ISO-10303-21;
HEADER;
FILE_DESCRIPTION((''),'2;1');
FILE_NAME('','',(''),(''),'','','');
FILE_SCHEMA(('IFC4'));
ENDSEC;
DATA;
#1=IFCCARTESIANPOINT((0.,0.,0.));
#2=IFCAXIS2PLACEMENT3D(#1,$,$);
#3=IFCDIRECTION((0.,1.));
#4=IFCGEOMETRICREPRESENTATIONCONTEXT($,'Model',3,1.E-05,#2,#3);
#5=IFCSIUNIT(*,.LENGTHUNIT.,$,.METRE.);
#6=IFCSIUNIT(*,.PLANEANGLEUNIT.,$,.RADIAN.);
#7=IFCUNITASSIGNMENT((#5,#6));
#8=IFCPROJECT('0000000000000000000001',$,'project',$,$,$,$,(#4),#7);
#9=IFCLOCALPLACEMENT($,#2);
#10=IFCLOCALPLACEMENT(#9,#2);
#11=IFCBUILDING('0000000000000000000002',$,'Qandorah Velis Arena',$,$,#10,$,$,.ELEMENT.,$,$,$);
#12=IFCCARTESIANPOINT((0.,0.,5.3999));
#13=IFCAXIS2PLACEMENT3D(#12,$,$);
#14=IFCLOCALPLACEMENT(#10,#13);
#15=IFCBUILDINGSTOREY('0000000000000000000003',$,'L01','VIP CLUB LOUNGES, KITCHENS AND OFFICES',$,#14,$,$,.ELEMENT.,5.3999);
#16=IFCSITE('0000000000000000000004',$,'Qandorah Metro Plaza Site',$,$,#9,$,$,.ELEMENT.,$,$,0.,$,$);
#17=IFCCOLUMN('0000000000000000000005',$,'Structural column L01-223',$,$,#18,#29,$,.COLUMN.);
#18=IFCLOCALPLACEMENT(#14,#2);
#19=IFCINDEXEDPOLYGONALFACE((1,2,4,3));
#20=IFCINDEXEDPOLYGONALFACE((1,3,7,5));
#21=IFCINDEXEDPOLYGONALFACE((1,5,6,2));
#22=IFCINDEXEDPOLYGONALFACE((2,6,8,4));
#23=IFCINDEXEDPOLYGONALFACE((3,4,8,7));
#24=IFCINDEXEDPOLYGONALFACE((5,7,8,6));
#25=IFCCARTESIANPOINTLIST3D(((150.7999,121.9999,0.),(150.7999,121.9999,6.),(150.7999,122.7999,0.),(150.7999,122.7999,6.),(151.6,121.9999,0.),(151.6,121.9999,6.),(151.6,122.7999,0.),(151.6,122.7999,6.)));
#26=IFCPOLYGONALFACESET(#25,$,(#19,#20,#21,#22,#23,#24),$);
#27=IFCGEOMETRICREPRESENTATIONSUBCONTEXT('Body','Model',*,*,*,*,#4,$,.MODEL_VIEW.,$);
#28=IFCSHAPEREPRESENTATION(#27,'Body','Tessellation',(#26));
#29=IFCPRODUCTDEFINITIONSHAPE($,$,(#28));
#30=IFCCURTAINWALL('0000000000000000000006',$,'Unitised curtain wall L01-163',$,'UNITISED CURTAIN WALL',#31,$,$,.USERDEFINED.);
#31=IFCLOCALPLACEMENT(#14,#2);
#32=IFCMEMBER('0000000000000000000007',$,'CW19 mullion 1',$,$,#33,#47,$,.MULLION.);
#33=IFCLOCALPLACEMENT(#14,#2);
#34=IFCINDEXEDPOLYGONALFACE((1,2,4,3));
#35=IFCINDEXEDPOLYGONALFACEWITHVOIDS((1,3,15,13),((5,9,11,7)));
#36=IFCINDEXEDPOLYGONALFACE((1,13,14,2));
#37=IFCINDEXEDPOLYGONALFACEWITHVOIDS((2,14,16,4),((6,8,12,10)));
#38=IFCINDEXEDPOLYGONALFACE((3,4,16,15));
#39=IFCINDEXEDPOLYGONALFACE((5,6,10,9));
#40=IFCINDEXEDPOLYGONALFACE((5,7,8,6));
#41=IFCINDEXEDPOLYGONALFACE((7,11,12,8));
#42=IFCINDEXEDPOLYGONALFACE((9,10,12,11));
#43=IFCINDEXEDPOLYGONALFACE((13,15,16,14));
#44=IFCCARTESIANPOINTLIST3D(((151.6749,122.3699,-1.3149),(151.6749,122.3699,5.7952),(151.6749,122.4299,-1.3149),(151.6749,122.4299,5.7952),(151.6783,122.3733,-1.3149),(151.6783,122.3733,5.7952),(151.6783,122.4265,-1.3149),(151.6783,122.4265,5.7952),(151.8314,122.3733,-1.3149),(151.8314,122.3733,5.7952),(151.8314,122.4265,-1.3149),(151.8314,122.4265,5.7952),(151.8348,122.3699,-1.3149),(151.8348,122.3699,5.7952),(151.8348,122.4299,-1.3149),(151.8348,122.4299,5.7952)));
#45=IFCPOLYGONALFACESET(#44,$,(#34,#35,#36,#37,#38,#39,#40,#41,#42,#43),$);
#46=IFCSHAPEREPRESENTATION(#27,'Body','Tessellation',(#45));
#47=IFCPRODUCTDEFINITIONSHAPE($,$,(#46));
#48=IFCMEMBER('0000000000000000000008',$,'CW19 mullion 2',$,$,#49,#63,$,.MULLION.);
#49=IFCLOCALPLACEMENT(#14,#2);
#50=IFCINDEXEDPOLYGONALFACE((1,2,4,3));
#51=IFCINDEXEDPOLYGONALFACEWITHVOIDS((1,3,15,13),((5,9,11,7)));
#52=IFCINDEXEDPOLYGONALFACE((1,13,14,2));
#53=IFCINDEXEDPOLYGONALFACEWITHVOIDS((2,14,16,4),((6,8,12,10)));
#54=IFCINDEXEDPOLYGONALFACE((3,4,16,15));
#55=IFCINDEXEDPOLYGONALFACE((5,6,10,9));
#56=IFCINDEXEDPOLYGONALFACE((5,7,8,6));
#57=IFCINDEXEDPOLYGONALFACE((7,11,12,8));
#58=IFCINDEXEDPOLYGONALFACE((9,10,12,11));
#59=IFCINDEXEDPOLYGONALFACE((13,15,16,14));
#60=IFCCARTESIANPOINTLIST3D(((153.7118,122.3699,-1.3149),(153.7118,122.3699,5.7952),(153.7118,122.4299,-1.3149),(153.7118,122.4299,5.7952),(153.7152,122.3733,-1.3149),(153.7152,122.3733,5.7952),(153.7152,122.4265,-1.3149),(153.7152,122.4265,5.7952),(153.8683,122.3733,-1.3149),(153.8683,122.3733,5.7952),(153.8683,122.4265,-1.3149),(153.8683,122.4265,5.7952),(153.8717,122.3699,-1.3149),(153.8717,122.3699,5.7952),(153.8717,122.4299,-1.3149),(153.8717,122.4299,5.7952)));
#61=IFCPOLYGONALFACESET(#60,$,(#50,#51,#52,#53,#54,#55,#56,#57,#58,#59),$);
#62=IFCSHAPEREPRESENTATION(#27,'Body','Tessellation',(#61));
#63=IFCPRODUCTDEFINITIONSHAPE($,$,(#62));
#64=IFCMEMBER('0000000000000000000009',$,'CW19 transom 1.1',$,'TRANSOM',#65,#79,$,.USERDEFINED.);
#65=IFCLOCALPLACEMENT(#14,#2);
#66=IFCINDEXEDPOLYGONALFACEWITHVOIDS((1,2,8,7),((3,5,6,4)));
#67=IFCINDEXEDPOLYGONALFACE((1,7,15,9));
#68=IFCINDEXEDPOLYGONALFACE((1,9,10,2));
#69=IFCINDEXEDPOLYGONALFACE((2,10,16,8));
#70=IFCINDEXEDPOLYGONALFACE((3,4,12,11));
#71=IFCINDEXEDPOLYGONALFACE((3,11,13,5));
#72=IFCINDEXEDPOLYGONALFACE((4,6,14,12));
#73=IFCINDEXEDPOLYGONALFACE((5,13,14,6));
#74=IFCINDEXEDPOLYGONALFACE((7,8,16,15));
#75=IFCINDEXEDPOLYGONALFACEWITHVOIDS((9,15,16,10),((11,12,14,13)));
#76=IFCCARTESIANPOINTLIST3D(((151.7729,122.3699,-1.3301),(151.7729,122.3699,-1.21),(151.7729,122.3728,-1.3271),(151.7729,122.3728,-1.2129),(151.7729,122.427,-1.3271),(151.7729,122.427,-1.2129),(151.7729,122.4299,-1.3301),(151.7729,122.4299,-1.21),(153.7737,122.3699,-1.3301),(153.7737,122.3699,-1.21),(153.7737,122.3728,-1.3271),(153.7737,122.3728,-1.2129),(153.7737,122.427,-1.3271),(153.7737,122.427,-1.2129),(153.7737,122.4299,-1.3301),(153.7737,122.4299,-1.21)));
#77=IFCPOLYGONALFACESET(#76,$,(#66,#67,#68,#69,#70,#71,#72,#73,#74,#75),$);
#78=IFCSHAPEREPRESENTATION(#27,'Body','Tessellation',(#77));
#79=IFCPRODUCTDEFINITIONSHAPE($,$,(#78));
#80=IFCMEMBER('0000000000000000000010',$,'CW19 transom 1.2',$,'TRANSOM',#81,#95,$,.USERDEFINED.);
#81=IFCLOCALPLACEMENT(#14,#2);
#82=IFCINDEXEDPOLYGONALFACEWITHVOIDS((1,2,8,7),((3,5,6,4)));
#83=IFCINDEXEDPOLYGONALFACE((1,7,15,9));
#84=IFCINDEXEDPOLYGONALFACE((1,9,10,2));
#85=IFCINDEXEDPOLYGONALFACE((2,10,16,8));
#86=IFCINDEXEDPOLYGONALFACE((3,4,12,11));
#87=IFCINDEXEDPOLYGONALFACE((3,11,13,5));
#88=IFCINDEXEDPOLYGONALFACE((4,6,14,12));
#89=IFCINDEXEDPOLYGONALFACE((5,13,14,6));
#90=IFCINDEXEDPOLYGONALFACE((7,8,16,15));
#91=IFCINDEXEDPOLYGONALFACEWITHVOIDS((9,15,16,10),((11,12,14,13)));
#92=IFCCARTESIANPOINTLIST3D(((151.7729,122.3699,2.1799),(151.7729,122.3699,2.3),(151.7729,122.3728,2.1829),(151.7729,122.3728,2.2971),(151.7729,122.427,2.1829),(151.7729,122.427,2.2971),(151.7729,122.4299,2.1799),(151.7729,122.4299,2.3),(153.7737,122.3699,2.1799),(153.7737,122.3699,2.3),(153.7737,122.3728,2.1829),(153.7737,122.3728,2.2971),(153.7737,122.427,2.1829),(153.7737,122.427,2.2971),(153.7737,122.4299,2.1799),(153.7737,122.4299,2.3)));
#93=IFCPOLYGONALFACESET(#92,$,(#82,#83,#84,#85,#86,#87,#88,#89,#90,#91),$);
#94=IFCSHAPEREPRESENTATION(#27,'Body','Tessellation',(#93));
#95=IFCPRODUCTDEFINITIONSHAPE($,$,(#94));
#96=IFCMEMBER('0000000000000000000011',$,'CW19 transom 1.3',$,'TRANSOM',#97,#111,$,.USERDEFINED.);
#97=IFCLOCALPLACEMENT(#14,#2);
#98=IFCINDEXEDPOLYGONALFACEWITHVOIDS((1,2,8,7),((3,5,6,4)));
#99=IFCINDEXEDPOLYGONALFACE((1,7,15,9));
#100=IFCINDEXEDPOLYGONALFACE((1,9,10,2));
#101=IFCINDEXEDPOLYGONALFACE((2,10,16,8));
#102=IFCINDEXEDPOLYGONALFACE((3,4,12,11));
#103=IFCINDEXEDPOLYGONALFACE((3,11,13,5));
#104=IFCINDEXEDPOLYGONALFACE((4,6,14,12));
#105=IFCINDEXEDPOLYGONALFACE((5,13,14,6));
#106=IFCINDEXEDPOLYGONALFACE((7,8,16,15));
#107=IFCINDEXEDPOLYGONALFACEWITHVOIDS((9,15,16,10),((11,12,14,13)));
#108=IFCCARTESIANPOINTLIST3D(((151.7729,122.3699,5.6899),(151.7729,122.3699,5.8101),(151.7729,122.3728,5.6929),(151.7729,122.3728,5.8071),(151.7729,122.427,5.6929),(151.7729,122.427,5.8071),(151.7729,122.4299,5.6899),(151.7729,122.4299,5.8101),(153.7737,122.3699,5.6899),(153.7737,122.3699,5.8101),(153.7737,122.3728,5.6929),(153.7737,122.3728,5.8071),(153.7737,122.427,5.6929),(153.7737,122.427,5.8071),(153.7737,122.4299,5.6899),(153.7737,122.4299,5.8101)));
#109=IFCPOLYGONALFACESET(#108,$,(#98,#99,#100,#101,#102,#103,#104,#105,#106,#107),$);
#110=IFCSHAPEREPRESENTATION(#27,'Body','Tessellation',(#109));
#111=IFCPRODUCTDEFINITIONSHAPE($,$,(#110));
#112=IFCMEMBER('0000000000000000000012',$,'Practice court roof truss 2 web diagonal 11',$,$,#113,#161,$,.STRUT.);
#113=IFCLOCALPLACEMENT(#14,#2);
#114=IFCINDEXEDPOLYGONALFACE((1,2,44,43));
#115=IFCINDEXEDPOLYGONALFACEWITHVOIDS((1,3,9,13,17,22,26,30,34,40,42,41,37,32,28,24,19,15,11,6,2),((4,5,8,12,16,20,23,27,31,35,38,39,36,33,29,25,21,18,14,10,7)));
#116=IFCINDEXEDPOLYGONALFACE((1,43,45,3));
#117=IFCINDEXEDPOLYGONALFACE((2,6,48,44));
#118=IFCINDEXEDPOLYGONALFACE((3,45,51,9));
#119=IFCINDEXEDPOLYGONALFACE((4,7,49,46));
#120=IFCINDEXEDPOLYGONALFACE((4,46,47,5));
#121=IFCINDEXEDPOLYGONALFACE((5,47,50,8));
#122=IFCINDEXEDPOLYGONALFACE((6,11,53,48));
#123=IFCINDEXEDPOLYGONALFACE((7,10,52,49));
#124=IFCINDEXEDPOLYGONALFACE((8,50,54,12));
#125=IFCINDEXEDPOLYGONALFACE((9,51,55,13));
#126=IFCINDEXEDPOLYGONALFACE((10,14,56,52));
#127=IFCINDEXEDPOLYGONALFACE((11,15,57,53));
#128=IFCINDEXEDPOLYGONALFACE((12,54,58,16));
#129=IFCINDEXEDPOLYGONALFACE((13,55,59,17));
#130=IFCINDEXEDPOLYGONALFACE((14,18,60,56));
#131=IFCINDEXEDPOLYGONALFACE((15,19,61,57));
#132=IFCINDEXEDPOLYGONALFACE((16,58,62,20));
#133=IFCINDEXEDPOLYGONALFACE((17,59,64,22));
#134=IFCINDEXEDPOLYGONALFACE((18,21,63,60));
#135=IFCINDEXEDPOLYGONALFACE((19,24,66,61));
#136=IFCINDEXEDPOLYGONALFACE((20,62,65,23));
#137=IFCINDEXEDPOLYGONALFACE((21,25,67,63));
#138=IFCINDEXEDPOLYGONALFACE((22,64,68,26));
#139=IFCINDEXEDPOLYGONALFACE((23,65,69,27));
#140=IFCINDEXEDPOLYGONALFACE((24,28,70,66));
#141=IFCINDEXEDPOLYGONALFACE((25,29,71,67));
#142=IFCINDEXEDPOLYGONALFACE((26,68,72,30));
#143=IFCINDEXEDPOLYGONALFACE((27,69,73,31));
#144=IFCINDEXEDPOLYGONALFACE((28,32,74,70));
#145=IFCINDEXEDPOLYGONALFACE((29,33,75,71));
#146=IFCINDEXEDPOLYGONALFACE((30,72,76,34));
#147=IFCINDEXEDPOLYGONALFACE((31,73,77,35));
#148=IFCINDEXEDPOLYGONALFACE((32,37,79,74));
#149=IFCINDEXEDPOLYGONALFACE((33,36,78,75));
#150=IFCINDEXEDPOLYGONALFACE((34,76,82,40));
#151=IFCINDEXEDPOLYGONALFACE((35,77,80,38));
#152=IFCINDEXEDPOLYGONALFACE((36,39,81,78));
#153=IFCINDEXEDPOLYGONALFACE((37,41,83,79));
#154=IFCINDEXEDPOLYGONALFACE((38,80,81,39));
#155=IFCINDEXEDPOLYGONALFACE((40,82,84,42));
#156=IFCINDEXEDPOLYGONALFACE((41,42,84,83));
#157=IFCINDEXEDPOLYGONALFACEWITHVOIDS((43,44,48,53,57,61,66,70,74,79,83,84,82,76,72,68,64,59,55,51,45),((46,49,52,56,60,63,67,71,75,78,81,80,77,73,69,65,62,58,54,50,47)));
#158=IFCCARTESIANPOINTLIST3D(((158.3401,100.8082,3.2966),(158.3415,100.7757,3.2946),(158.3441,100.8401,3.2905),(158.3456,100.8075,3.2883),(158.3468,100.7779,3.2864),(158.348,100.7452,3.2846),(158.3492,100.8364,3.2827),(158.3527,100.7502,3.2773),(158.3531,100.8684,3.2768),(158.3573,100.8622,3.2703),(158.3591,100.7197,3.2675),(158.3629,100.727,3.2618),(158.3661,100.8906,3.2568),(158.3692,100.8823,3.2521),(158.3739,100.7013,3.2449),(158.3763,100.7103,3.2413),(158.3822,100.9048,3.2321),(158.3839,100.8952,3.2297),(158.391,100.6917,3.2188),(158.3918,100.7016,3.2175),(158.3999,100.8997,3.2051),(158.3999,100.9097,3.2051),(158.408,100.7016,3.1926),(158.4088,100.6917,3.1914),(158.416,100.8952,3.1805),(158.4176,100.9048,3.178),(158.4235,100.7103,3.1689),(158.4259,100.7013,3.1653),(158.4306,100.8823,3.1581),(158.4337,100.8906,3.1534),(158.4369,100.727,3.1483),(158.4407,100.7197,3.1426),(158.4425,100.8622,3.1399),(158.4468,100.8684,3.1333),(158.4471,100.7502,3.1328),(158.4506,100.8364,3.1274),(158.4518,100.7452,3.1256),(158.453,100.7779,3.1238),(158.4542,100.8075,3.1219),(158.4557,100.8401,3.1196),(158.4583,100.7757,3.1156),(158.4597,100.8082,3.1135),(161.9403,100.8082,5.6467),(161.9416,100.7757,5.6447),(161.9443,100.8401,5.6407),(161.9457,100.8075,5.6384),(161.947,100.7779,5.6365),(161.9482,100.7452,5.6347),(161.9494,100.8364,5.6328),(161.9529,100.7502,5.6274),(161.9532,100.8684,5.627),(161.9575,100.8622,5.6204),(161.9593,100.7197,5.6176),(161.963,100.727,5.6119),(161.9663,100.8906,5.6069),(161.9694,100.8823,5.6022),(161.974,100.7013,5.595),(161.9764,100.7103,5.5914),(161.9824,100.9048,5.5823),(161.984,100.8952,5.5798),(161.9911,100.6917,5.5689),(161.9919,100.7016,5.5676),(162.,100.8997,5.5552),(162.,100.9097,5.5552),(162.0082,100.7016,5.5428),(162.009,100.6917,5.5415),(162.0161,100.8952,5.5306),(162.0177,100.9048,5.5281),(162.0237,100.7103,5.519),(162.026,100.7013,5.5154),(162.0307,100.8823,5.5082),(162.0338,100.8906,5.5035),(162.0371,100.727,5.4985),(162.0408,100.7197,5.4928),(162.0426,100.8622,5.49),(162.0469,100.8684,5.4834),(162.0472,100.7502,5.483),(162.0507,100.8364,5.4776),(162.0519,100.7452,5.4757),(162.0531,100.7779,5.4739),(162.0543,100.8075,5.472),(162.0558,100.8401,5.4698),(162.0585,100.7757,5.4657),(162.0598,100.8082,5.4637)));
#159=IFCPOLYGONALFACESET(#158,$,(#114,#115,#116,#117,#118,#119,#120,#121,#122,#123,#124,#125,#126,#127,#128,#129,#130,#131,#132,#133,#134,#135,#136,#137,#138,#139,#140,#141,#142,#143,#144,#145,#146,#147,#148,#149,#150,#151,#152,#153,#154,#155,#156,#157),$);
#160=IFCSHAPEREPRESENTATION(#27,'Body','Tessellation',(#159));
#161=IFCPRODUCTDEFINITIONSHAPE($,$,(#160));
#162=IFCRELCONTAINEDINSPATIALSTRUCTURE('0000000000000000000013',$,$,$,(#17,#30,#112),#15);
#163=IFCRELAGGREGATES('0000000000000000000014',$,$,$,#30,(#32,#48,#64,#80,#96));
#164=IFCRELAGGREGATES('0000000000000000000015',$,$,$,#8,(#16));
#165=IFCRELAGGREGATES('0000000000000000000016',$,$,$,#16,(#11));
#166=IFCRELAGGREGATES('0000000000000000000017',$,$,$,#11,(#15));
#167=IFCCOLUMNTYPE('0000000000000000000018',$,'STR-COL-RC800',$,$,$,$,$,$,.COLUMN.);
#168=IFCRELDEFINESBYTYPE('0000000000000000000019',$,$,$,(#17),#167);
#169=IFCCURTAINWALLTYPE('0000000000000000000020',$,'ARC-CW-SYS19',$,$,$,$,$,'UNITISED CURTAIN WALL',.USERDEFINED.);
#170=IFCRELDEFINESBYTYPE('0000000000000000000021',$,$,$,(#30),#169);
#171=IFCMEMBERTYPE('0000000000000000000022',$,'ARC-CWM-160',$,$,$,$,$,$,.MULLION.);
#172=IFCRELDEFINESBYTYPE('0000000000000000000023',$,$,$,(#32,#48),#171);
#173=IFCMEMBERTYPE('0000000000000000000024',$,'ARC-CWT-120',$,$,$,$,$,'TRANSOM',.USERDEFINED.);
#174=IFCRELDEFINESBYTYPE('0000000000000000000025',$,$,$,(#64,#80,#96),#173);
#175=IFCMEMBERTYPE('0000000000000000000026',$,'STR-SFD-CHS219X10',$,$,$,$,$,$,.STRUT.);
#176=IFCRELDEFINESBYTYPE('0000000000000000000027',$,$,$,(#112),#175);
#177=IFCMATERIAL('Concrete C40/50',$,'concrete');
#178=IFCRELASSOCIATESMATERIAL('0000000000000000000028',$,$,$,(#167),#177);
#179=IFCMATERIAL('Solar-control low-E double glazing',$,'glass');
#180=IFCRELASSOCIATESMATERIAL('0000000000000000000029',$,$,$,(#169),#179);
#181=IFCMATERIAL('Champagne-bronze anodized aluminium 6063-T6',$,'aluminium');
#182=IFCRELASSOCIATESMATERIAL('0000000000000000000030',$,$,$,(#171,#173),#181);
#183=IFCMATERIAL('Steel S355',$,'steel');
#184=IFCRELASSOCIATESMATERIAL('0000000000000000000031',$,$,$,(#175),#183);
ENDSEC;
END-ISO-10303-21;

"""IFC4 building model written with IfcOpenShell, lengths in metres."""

from ifc_helpers import new_model, si_unit, direction, frame, origin, origin_2d, place, context, subcontext, project, spatial, rectangle, hollow_rectangle, hollow_circle, extrude, material, material_profile, profile_set, type_object, element, aggregate, save


model = new_model("IFC4")

# Units and contexts
model_context = context("Model", 3, precision=1e-05, world=origin(), true_north=direction((0.0, 1.0)))
body_context = subcontext(model_context, "Body", "Model", "MODEL_VIEW")
ifc_project = project(units=[si_unit("LENGTHUNIT", "METRE"), si_unit("PLANEANGLEUNIT", "RADIAN")], contexts=[model_context])

# Site, building, storey
site_placement = place(None, origin())
site = spatial("IfcSite", under=ifc_project, at=site_placement, Name="Qandorah Metro Plaza Site", CompositionType="ELEMENT", RefElevation=0.0)
building_placement = place(site_placement, origin())
building = spatial("IfcBuilding", under=site, at=building_placement, Name="Qandorah Velis Arena", CompositionType="ELEMENT")
storey_placement = place(building_placement, frame((0.0, 0.0, 5.3999)))
storey = spatial("IfcBuildingStorey", under=building, at=storey_placement, Name="L01", Description="VIP CLUB LOUNGES, KITCHENS AND OFFICES", CompositionType="ELEMENT", Elevation=5.3999)

# Column
ifc_material_1 = material(Name="Concrete C40/50", Category="concrete")
ifc_material_profile_1 = material_profile(ifc_material_1, rectangle(XDim=0.8, YDim=0.8, at=origin_2d()), Name="RC COL 800x800")
ifc_profile_set_1 = profile_set([ifc_material_profile_1], Name="Concrete C40/50")
column_type = type_object("IfcColumnType", Name="STR-COL-RC800", PredefinedType="COLUMN", material=ifc_profile_set_1)
column_placement = place(storey_placement, frame((151.2, 122.3999, 0.0), z_axis=(0.0, 0.0, 1.0), x_axis=(1.0, 0.0, 0.0)))
element("IfcColumn", 1, at=column_placement, inside=storey, type_object=column_type, Name="Structural column L01-223", PredefinedType="COLUMN", context=body_context, shape_type="SweptSolid", body=[
    extrude(rectangle(XDim=0.8, YDim=0.8, at=origin_2d()), origin(), (0.0, 0.0, 1.0), 6.0),
])

# Curtain wall, members
ifc_material_2 = material(Name="Solar-control low-E double glazing", Category="glass")
curtain_wall_type = type_object("IfcCurtainWallType", Name="ARC-CW-SYS19", ElementType="UNITISED CURTAIN WALL", PredefinedType="USERDEFINED", material=ifc_material_2)
curtain_wall_placement = place(storey_placement, origin())
curtain_wall = element("IfcCurtainWall", 2, at=curtain_wall_placement, inside=storey, type_object=curtain_wall_type, Name="Unitised curtain wall L01-163", ObjectType="UNITISED CURTAIN WALL", PredefinedType="USERDEFINED")
ifc_material_3 = material(Name="Champagne-bronze anodized aluminium 6063-T6", Category="aluminium")
ifc_material_profile_2 = material_profile(ifc_material_3, hollow_rectangle(XDim=0.0601, YDim=0.1599, WallThickness=0.0034, at=origin_2d()), Name="ALU MULLION 60x160")
ifc_profile_set_2 = profile_set([ifc_material_profile_2], Name="Champagne-bronze anodized aluminium 6063-T6")
member_type_1 = type_object("IfcMemberType", Name="ARC-CWM-160", PredefinedType="MULLION", material=ifc_profile_set_2)
member_1_placement = place(storey_placement, frame((151.7549, 122.3999, -1.3149), z_axis=(0.0, 0.0, 1.0), x_axis=(0.0, 1.0, 0.0)))
member_1 = element("IfcMember", 3, at=member_1_placement, type_object=member_type_1, Name="CW19 mullion 1", PredefinedType="MULLION", context=body_context, shape_type="SweptSolid", body=[
    extrude(hollow_rectangle(XDim=0.0601, YDim=0.1599, WallThickness=0.0034, at=origin_2d()), origin(), (0.0, 0.0, 1.0), 7.1101),
])
member_2_placement = place(storey_placement, frame((153.7917, 122.3999, -1.3149), z_axis=(0.0, 0.0, 1.0), x_axis=(0.0, 1.0, 0.0)))
member_2 = element("IfcMember", 4, at=member_2_placement, type_object=member_type_1, Name="CW19 mullion 2", PredefinedType="MULLION", context=body_context, shape_type="SweptSolid", body=[
    extrude(hollow_rectangle(XDim=0.0601, YDim=0.1599, WallThickness=0.0034, at=origin_2d()), origin(), (0.0, 0.0, 1.0), 7.1101),
])
ifc_material_profile_3 = material_profile(ifc_material_3, hollow_rectangle(XDim=0.0601, YDim=0.1201, WallThickness=0.0029, at=origin_2d()), Name="ALU TRANSOM 60x120")
ifc_profile_set_3 = profile_set([ifc_material_profile_3], Name="Champagne-bronze anodized aluminium 6063-T6")
member_type_2 = type_object("IfcMemberType", Name="ARC-CWT-120", ElementType="TRANSOM", PredefinedType="USERDEFINED", material=ifc_profile_set_3)
member_3_placement = place(storey_placement, frame((151.7729, 122.3999, -1.27), z_axis=(1.0, 0.0, 0.0), x_axis=(0.0, 1.0, 0.0)))
member_3 = element("IfcMember", 5, at=member_3_placement, type_object=member_type_2, Name="CW19 transom 1.1", ObjectType="TRANSOM", PredefinedType="USERDEFINED", context=body_context, shape_type="SweptSolid", body=[
    extrude(hollow_rectangle(XDim=0.0601, YDim=0.1201, WallThickness=0.0029, at=origin_2d()), origin(), (0.0, 0.0, 1.0), 2.0007),
])
member_4_placement = place(storey_placement, frame((151.7729, 122.3999, 2.24), z_axis=(1.0, 0.0, 0.0), x_axis=(0.0, 1.0, 0.0)))
member_4 = element("IfcMember", 6, at=member_4_placement, type_object=member_type_2, Name="CW19 transom 1.2", ObjectType="TRANSOM", PredefinedType="USERDEFINED", context=body_context, shape_type="SweptSolid", body=[
    extrude(hollow_rectangle(XDim=0.0601, YDim=0.1201, WallThickness=0.0029, at=origin_2d()), origin(), (0.0, 0.0, 1.0), 2.0007),
])
member_5_placement = place(storey_placement, frame((151.7729, 122.3999, 5.75), z_axis=(1.0, 0.0, 0.0), x_axis=(0.0, 1.0, 0.0)))
member_5 = element("IfcMember", 7, at=member_5_placement, type_object=member_type_2, Name="CW19 transom 1.3", ObjectType="TRANSOM", PredefinedType="USERDEFINED", context=body_context, shape_type="SweptSolid", body=[
    extrude(hollow_rectangle(XDim=0.0601, YDim=0.1201, WallThickness=0.0029, at=origin_2d()), origin(), (0.0, 0.0, 1.0), 2.0007),
])

# Member
ifc_material_4 = material(Name="Steel S355", Category="steel")
ifc_material_profile_4 = material_profile(ifc_material_4, hollow_circle(Radius=0.1096, WallThickness=0.01, at=origin_2d()), Name="CHS 219.1x10")
ifc_profile_set_4 = profile_set([ifc_material_profile_4], Name="Steel S355")
member_type_3 = type_object("IfcMemberType", Name="STR-SFD-CHS219X10", PredefinedType="STRUT", material=ifc_profile_set_4)
member_6_placement = place(storey_placement, frame((158.3999, 100.8, 3.2051), z_axis=(0.837376, 0.0, 0.546628), x_axis=(0.0, 1.0, 0.0)))
element("IfcMember", 8, at=member_6_placement, inside=storey, type_object=member_type_3, Name="Practice court roof truss 2 web diagonal 11", PredefinedType="STRUT", context=body_context, shape_type="SweptSolid", body=[
    extrude(hollow_circle(Radius=0.1096, WallThickness=0.01, at=origin_2d()), origin(), (0.0, 0.0, 1.0), 4.2993),
])

aggregate(curtain_wall, [member_1, member_2, member_3, member_4, member_5])

save(model, "model.ifc")
